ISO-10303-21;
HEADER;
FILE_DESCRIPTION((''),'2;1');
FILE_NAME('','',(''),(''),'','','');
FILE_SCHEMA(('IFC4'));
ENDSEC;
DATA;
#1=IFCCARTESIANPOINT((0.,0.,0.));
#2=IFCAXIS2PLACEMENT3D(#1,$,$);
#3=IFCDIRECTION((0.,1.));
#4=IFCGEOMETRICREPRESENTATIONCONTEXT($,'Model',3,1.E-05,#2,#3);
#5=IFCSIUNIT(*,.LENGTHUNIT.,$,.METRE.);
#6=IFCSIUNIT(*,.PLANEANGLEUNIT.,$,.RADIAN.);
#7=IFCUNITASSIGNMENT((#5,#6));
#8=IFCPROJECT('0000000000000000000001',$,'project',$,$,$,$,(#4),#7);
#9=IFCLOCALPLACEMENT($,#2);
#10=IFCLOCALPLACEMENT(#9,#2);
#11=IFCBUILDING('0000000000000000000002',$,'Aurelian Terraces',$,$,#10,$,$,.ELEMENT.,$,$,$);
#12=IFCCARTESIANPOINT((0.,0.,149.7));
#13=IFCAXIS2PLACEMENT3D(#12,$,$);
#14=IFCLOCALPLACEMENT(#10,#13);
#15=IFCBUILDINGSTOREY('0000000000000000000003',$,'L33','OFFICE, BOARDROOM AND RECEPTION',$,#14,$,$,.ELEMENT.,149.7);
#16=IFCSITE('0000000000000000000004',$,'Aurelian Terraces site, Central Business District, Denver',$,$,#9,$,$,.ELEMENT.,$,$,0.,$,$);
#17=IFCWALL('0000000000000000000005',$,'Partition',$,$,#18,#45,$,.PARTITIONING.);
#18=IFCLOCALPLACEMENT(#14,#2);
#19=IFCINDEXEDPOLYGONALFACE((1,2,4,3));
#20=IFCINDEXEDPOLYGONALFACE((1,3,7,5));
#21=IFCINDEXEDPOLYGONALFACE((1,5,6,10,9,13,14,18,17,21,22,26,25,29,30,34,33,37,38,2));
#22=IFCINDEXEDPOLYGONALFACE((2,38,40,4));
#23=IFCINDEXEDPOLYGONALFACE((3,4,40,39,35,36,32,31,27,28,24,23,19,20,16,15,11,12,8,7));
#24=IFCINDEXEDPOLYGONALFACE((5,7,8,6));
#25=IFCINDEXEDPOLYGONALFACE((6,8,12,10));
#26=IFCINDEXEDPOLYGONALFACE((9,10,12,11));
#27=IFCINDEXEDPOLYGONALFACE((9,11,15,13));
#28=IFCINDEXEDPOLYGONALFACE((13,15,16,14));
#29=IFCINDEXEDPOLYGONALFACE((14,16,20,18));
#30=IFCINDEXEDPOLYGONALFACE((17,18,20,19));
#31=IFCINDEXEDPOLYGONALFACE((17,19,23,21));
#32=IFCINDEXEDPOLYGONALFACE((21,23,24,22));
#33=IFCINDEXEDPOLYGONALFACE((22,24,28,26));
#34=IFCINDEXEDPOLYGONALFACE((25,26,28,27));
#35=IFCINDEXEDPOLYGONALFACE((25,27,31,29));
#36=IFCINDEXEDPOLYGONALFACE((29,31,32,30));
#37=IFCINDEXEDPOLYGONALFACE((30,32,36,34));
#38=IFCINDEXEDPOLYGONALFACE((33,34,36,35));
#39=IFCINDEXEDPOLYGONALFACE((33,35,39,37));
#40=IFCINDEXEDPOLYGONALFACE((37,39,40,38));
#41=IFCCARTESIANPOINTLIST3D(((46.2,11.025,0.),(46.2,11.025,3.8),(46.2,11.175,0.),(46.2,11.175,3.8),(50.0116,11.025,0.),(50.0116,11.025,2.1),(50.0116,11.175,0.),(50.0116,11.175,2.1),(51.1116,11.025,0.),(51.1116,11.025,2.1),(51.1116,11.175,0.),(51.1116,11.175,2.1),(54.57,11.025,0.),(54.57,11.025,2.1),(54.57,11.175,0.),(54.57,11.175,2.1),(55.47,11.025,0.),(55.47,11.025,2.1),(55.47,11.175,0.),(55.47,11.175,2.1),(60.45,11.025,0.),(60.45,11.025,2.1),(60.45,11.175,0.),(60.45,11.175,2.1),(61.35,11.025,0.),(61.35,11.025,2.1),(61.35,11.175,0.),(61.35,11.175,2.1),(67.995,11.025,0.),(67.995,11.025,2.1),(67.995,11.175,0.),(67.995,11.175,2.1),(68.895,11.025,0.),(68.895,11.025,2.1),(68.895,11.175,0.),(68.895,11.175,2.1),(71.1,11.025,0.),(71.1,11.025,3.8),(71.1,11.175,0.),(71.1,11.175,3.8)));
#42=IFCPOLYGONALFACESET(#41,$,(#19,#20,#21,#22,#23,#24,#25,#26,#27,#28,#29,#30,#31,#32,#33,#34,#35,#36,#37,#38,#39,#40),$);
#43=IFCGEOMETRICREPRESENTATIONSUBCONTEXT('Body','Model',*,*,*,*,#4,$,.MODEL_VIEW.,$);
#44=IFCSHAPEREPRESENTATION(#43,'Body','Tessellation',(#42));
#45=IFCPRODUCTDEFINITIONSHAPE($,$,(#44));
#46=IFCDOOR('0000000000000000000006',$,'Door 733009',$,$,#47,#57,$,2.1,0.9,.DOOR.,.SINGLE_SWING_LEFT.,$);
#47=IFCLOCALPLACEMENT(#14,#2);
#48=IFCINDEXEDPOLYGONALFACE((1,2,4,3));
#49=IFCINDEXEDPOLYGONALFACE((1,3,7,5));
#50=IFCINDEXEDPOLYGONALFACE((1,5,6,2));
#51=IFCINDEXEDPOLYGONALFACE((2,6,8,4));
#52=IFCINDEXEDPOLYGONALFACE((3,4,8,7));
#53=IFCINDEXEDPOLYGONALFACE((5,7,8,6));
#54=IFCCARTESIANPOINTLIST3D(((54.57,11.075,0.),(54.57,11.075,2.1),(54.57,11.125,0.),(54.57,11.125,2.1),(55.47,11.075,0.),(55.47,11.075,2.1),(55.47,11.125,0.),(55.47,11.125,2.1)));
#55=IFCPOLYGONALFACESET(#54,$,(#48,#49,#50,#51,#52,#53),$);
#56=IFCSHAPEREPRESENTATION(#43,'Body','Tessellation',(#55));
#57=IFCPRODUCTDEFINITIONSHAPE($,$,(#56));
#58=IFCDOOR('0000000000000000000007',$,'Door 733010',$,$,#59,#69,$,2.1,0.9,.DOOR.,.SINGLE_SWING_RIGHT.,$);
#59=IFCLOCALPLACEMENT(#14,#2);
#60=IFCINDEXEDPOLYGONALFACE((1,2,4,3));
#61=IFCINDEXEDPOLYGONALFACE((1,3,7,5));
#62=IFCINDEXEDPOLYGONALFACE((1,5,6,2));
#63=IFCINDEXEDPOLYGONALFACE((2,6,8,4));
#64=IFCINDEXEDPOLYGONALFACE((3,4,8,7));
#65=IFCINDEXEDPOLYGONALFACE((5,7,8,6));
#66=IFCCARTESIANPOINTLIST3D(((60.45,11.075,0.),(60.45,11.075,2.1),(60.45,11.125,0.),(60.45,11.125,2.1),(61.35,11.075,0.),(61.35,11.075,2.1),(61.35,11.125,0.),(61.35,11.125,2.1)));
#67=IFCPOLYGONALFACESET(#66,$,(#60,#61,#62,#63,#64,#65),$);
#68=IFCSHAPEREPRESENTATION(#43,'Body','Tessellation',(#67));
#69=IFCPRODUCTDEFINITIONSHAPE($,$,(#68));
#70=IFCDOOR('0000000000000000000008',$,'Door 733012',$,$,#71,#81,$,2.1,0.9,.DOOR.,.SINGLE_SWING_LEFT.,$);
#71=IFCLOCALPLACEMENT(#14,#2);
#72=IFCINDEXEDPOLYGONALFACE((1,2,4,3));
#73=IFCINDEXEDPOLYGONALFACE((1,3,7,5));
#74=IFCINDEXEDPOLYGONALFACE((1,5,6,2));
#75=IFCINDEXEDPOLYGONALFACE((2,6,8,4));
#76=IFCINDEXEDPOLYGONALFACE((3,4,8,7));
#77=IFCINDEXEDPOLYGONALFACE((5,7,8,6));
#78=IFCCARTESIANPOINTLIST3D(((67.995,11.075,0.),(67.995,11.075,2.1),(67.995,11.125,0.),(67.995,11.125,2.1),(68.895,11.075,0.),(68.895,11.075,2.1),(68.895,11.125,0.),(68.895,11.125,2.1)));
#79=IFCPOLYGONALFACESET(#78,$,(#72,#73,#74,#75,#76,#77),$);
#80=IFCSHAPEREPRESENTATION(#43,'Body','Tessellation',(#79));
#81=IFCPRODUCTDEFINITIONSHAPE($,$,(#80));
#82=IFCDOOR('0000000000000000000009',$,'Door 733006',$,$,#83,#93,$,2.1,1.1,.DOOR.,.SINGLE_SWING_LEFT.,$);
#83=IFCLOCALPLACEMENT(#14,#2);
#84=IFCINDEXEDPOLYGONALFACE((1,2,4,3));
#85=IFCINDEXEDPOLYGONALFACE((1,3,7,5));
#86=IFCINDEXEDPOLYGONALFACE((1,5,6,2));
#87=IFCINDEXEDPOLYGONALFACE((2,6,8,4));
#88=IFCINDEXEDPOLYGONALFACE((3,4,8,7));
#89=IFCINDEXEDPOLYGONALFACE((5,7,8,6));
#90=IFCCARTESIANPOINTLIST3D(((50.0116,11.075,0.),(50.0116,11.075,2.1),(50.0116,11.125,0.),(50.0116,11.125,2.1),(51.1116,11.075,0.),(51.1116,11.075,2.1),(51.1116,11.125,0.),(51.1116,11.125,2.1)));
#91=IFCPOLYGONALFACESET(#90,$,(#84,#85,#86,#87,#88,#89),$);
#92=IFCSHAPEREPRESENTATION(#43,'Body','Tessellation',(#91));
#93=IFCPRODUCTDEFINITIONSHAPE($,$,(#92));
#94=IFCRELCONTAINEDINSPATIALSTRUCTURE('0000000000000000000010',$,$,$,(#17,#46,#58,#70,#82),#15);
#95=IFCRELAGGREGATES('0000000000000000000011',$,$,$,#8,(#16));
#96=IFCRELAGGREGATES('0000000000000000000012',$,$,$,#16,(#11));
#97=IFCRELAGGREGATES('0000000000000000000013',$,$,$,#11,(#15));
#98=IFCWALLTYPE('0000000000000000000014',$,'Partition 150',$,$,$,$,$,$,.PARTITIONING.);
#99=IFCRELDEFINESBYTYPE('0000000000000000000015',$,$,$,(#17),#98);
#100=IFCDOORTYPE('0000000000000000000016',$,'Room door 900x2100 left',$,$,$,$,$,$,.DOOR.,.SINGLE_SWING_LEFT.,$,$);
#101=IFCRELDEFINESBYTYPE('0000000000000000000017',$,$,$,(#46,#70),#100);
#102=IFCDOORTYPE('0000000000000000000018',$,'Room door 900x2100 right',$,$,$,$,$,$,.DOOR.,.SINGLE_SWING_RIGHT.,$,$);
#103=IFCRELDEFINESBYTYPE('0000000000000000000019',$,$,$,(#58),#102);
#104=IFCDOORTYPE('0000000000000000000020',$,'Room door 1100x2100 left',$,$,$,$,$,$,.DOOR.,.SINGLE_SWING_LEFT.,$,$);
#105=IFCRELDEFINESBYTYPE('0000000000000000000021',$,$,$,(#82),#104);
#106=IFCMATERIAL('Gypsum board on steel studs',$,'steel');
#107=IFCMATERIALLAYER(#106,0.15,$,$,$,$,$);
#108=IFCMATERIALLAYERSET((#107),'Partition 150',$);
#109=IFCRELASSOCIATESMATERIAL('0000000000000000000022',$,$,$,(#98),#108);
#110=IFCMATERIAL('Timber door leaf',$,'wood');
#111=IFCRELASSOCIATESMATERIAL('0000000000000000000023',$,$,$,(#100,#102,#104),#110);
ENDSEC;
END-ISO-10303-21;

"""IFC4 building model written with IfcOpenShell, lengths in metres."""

from ifc_helpers import new_model, si_unit, direction, frame, frame_2d, origin, place, context, subcontext, project, spatial, rectangle, extrude, source, transform, mapped, material, layer, layer_set, type_object, element, fill, save


model = new_model("IFC4")

# Units and contexts
model_context = context("Model", 3, precision=1e-05, world=origin(), true_north=direction((0.0, 1.0)))
body_context = subcontext(model_context, "Body", "Model", "MODEL_VIEW")
ifc_project = project(units=[si_unit("LENGTHUNIT", "METRE"), si_unit("PLANEANGLEUNIT", "RADIAN")], contexts=[model_context])

# Site, building, storey
site_placement = place(None, origin())
site = spatial("IfcSite", under=ifc_project, at=site_placement, Name="Aurelian Terraces site, Central Business District, Denver", CompositionType="ELEMENT", RefElevation=0.0)
building_placement = place(site_placement, origin())
building = spatial("IfcBuilding", under=site, at=building_placement, Name="Aurelian Terraces", CompositionType="ELEMENT")
storey_placement = place(building_placement, frame((0.0, 0.0, 149.7)))
storey = spatial("IfcBuildingStorey", under=building, at=storey_placement, Name="L33", Description="OFFICE, BOARDROOM AND RECEPTION", CompositionType="ELEMENT", Elevation=149.7)

# Wall, openings, doors
ifc_material_1 = material(Name="Gypsum board on steel studs", Category="steel")
ifc_layer_1 = layer(ifc_material_1, 0.15)
ifc_layer_set_1 = layer_set([ifc_layer_1], Name="Partition 150")
wall_type_1 = type_object("IfcWallType", Name="Partition 150", PredefinedType="PARTITIONING", material=ifc_layer_set_1)
shared_shape_1 = source(origin(), body_context, "Body", "SweptSolid", [
    extrude(rectangle(XDim=24.9, YDim=0.15, at=frame_2d((12.45, 0.0))), origin(), (0.0, 0.0, 1.0), 3.8),
])
wall_1_placement = place(storey_placement, frame((71.1, 11.1, 0.0), z_axis=(0.0, 0.0, 1.0), x_axis=(-1.0, 0.0, 0.0)))
wall_1 = element("IfcWall", 1, at=wall_1_placement, inside=storey, type_object=wall_type_1, Name="Partition", PredefinedType="PARTITIONING", context=body_context, shape_type="MappedRepresentation", body=[
    mapped(shared_shape_1, transform((0.0, 0.0, 0.0), scale=1.0)),
])
shared_shape_2 = source(origin(), body_context, "Body", "SweptSolid", [
    extrude(rectangle(XDim=1.1, YDim=2.1, at=frame_2d((0.55, 1.05))), frame((0.0, 0.085, 0.0), z_axis=(0.0, -1.0, 0.0), x_axis=(1.0, 0.0, 0.0)), (0.0, 0.0, 1.0), 0.17),
])
opening_1_placement = place(wall_1_placement, frame((19.9884, 0.0, 0.0)))
opening_1 = element("IfcOpeningElement", 2, at=opening_1_placement, cuts=wall_1, PredefinedType="OPENING", context=body_context, shape_type="MappedRepresentation", body=[
    mapped(shared_shape_2, transform((0.0, 0.0, 0.0), scale=1.0)),
])
shared_shape_3 = source(origin(), body_context, "Body", "SweptSolid", [
    extrude(rectangle(XDim=0.9, YDim=2.1, at=frame_2d((0.45, 1.05))), frame((0.0, 0.085, 0.0), z_axis=(0.0, -1.0, 0.0), x_axis=(1.0, 0.0, 0.0)), (0.0, 0.0, 1.0), 0.17),
])
opening_2_placement = place(wall_1_placement, frame((15.63, 0.0, 0.0)))
opening_2 = element("IfcOpeningElement", 3, at=opening_2_placement, cuts=wall_1, PredefinedType="OPENING", context=body_context, shape_type="MappedRepresentation", body=[
    mapped(shared_shape_3, transform((0.0, 0.0, 0.0), scale=1.0)),
])
opening_3_placement = place(wall_1_placement, frame((9.75, 0.0, 0.0)))
opening_3 = element("IfcOpeningElement", 4, at=opening_3_placement, cuts=wall_1, PredefinedType="OPENING", context=body_context, shape_type="MappedRepresentation", body=[
    mapped(shared_shape_3, transform((0.0, 0.0, 0.0), scale=1.0)),
])
opening_4_placement = place(wall_1_placement, frame((2.205, 0.0, 0.0)))
opening_4 = element("IfcOpeningElement", 5, at=opening_4_placement, cuts=wall_1, PredefinedType="OPENING", context=body_context, shape_type="MappedRepresentation", body=[
    mapped(shared_shape_3, transform((0.0, 0.0, 0.0), scale=1.0)),
])
ifc_material_2 = material(Name="Timber door leaf", Category="wood")
door_type_1 = type_object("IfcDoorType", Name="Room door 900x2100 left", OperationType="SINGLE_SWING_LEFT", PredefinedType="DOOR", material=ifc_material_2)
shared_shape_4 = source(origin(), body_context, "Body", "SweptSolid", [
    extrude(rectangle(XDim=0.9, YDim=2.1, at=frame_2d((0.45, 1.05))), frame((0.0, 0.025, 0.0), z_axis=(0.0, -1.0, 0.0), x_axis=(1.0, 0.0, 0.0)), (0.0, 0.0, 1.0), 0.05),
])
door_1_placement = place(opening_2_placement, origin())
door_1 = element("IfcDoor", 6, at=door_1_placement, inside=storey, type_object=door_type_1, Name="Door 733009", OperationType="SINGLE_SWING_LEFT", OverallHeight=2.1, OverallWidth=0.9, PredefinedType="DOOR", context=body_context, shape_type="MappedRepresentation", body=[
    mapped(shared_shape_4, transform((0.0, 0.0, 0.0), scale=1.0)),
])
fill(opening_2, door_1)
door_type_2 = type_object("IfcDoorType", Name="Room door 900x2100 right", OperationType="SINGLE_SWING_RIGHT", PredefinedType="DOOR", material=ifc_material_2)
door_2_placement = place(opening_3_placement, origin())
door_2 = element("IfcDoor", 7, at=door_2_placement, inside=storey, type_object=door_type_2, Name="Door 733010", OperationType="SINGLE_SWING_RIGHT", OverallHeight=2.1, OverallWidth=0.9, PredefinedType="DOOR", context=body_context, shape_type="MappedRepresentation", body=[
    mapped(shared_shape_4, transform((0.0, 0.0, 0.0), scale=1.0)),
])
fill(opening_3, door_2)
door_3_placement = place(opening_4_placement, origin())
door_3 = element("IfcDoor", 8, at=door_3_placement, inside=storey, type_object=door_type_1, Name="Door 733012", OperationType="SINGLE_SWING_LEFT", OverallHeight=2.1, OverallWidth=0.9, PredefinedType="DOOR", context=body_context, shape_type="MappedRepresentation", body=[
    mapped(shared_shape_4, transform((0.0, 0.0, 0.0), scale=1.0)),
])
fill(opening_4, door_3)
door_type_3 = type_object("IfcDoorType", Name="Room door 1100x2100 left", OperationType="SINGLE_SWING_LEFT", PredefinedType="DOOR", material=ifc_material_2)
shared_shape_5 = source(origin(), body_context, "Body", "SweptSolid", [
    extrude(rectangle(XDim=1.1, YDim=2.1, at=frame_2d((0.55, 1.05))), frame((0.0, 0.025, 0.0), z_axis=(0.0, -1.0, 0.0), x_axis=(1.0, 0.0, 0.0)), (0.0, 0.0, 1.0), 0.05),
])
door_4_placement = place(opening_1_placement, origin())
door_4 = element("IfcDoor", 9, at=door_4_placement, inside=storey, type_object=door_type_3, Name="Door 733006", OperationType="SINGLE_SWING_LEFT", OverallHeight=2.1, OverallWidth=1.1, PredefinedType="DOOR", context=body_context, shape_type="MappedRepresentation", body=[
    mapped(shared_shape_5, transform((0.0, 0.0, 0.0), scale=1.0)),
])
fill(opening_1, door_4)

save(model, "model.ifc")
